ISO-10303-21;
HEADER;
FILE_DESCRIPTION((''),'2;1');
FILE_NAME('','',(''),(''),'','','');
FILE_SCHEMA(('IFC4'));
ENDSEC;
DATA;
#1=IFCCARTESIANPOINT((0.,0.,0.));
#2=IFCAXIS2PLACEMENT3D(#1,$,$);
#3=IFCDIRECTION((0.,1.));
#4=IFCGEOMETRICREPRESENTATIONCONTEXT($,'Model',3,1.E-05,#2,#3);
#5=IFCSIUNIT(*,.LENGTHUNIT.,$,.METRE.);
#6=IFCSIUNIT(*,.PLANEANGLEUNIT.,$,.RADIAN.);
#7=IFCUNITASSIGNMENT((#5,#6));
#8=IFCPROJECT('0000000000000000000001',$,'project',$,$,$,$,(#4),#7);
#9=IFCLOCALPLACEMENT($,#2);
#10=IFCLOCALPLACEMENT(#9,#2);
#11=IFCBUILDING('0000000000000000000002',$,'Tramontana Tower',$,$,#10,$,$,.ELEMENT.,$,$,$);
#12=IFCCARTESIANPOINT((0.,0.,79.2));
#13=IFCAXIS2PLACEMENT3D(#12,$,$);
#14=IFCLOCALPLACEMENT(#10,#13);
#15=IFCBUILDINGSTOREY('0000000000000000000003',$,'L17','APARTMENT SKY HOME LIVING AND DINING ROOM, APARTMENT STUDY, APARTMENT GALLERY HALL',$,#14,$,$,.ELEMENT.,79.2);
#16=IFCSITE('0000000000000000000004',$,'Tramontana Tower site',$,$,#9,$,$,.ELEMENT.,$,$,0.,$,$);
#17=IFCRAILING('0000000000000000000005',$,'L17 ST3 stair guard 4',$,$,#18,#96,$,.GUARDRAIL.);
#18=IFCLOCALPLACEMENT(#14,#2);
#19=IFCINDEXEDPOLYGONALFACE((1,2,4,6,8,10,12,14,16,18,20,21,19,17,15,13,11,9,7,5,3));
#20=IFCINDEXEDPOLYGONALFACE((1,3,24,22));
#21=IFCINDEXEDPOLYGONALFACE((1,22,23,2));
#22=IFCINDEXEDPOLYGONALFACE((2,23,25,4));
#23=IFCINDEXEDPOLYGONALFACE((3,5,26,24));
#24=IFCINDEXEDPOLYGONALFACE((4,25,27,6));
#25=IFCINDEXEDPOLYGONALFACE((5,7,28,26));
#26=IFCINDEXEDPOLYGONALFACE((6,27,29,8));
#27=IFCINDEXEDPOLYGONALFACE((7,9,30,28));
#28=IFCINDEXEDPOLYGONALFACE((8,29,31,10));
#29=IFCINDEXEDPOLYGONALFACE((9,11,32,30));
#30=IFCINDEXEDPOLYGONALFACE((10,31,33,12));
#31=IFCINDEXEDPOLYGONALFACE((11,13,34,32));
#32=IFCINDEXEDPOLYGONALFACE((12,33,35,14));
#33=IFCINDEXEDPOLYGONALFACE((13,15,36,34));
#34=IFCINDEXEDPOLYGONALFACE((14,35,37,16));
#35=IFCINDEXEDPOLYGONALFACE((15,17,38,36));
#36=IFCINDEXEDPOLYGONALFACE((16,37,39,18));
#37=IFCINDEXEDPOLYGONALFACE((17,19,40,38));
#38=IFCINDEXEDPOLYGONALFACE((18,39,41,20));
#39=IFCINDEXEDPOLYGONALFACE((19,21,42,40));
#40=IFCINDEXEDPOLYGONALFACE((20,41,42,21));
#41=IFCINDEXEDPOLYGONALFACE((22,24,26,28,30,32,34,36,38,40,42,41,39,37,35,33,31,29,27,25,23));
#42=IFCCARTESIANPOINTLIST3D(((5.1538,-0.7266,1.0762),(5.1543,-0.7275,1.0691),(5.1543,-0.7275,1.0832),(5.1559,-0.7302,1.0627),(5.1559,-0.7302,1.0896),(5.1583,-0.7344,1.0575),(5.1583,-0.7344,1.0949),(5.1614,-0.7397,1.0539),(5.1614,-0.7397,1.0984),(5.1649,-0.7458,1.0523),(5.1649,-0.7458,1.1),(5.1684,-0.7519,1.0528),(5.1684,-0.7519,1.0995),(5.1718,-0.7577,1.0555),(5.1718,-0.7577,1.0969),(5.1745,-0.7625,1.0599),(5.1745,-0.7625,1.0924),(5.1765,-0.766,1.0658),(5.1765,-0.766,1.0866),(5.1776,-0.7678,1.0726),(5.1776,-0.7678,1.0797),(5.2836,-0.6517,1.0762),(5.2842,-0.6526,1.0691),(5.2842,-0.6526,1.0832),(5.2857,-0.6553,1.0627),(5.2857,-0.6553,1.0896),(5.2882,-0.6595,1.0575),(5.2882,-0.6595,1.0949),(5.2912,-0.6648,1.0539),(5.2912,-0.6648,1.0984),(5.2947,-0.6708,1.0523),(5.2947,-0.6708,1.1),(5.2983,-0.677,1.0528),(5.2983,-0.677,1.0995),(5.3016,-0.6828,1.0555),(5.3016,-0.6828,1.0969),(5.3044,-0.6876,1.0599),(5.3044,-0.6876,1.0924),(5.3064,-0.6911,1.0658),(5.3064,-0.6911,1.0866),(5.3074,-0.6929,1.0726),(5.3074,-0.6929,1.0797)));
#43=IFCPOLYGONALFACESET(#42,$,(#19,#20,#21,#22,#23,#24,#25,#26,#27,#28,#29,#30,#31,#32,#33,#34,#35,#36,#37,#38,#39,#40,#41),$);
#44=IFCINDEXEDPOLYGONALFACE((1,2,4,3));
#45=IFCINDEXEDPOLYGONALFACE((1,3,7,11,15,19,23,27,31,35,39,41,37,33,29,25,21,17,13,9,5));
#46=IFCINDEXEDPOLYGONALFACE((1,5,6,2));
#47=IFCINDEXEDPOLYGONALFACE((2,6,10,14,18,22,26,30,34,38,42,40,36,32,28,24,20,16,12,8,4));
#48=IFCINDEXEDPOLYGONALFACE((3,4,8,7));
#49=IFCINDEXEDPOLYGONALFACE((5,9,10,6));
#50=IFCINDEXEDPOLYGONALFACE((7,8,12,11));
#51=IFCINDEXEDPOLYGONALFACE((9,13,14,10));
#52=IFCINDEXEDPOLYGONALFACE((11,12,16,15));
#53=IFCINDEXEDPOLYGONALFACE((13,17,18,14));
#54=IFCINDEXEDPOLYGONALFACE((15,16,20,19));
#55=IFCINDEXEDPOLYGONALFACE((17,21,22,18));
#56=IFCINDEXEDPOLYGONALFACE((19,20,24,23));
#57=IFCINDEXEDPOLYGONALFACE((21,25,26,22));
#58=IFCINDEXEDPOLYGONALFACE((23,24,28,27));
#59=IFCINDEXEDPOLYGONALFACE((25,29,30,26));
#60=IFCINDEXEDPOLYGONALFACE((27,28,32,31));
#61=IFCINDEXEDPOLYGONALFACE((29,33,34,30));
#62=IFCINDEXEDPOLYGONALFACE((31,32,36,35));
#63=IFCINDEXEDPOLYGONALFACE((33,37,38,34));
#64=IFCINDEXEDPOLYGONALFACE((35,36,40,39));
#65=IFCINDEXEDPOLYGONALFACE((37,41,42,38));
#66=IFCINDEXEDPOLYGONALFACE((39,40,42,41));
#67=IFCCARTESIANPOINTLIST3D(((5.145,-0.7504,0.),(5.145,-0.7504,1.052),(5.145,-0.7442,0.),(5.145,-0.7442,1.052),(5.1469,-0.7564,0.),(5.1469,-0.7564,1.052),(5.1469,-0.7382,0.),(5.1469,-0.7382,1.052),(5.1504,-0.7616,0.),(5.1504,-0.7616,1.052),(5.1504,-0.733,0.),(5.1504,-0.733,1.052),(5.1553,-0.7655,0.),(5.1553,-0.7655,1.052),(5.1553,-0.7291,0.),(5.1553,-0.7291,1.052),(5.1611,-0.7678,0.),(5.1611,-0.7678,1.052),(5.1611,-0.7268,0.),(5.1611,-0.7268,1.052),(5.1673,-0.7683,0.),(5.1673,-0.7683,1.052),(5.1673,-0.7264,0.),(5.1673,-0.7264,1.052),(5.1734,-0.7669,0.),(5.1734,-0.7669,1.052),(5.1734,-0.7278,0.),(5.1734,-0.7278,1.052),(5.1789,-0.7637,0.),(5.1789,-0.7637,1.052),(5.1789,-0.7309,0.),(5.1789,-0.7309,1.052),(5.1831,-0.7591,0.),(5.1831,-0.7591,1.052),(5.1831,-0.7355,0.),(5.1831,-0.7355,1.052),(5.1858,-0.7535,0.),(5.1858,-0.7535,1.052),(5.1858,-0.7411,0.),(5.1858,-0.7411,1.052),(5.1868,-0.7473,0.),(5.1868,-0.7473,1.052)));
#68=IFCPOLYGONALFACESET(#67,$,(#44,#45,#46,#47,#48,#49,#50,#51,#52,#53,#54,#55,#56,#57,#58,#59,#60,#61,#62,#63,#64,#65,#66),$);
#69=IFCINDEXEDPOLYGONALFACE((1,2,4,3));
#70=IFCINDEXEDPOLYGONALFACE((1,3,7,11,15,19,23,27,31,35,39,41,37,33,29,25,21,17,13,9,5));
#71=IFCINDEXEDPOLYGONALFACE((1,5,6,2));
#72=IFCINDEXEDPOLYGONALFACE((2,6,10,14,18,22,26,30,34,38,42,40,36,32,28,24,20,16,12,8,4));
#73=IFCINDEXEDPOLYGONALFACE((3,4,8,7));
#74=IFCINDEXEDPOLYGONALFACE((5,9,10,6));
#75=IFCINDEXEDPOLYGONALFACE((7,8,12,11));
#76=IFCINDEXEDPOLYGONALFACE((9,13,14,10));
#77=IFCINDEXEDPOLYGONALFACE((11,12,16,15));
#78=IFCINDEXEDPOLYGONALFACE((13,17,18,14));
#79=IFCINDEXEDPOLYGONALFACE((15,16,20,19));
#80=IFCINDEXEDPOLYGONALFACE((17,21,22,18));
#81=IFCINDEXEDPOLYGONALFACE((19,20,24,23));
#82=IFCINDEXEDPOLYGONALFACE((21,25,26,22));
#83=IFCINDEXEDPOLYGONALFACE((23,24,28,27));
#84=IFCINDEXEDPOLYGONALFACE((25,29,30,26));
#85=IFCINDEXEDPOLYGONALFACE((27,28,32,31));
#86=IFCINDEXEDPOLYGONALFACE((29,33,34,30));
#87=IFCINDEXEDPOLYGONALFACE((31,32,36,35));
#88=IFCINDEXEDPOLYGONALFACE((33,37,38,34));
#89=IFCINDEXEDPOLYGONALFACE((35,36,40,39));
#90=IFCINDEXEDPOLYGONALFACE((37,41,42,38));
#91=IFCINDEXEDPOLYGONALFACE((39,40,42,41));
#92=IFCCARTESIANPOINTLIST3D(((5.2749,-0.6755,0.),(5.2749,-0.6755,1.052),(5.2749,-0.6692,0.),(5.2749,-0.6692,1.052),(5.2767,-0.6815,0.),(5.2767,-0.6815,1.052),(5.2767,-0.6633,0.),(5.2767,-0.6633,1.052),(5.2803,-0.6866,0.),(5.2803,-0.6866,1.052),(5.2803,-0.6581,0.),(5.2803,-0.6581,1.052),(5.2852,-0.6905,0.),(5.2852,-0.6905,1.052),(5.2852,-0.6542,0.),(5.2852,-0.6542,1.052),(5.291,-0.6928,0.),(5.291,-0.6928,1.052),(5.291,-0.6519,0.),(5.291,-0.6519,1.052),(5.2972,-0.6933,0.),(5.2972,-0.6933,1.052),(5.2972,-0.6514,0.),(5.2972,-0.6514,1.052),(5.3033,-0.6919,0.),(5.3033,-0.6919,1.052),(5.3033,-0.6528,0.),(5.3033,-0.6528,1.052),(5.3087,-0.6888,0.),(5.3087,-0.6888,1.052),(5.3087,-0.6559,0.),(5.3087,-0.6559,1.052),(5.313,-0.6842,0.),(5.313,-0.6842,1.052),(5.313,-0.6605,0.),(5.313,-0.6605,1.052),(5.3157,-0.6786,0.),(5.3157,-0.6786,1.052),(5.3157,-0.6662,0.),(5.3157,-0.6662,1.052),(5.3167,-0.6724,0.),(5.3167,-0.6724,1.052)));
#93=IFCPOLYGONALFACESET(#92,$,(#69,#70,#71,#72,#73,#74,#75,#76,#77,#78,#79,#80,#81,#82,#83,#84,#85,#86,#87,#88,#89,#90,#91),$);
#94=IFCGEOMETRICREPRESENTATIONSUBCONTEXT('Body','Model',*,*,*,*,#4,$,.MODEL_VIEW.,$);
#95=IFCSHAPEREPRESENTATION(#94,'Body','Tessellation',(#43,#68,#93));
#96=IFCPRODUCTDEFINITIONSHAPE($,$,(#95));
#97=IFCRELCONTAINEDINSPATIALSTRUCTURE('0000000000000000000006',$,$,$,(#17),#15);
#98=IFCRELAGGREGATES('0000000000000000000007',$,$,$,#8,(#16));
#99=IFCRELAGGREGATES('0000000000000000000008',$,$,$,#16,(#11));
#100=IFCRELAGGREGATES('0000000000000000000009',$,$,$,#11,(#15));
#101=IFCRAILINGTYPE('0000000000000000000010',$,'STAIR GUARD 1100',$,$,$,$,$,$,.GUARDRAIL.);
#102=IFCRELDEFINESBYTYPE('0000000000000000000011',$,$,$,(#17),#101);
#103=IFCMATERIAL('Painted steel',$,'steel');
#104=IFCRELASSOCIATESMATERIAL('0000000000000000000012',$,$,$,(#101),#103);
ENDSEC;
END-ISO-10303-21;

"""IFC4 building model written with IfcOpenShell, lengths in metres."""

from ifc_helpers import new_model, si_unit, direction, frame, origin, origin_2d, place, context, subcontext, project, spatial, circle, extrude, material, type_object, element, save


model = new_model("IFC4")

# Units and contexts
model_context = context("Model", 3, precision=1e-05, world=origin(), true_north=direction((0.0, 1.0)))
body_context = subcontext(model_context, "Body", "Model", "MODEL_VIEW")
ifc_project = project(units=[si_unit("LENGTHUNIT", "METRE"), si_unit("PLANEANGLEUNIT", "RADIAN")], contexts=[model_context])

# Site, building, storey
site_placement = place(None, origin())
site = spatial("IfcSite", under=ifc_project, at=site_placement, Name="Tramontana Tower site", CompositionType="ELEMENT", RefElevation=0.0)
building_placement = place(site_placement, origin())
building = spatial("IfcBuilding", under=site, at=building_placement, Name="Tramontana Tower", CompositionType="ELEMENT")
storey_placement = place(building_placement, frame((0.0, 0.0, 79.2)))
storey = spatial("IfcBuildingStorey", under=building, at=storey_placement, Name="L17", Description="APARTMENT SKY HOME LIVING AND DINING ROOM, APARTMENT STUDY, APARTMENT GALLERY HALL", CompositionType="ELEMENT", Elevation=79.2)

# Railing
ifc_material_1 = material(Name="Painted steel", Category="steel")
railing_type_1 = type_object("IfcRailingType", Name="STAIR GUARD 1100", PredefinedType="GUARDRAIL", material=ifc_material_1)
railing_1_placement = place(storey_placement, frame((5.1658, -0.7473, 0.0)))
element("IfcRailing", 1, at=railing_1_placement, inside=storey, type_object=railing_type_1, Name="L17 ST3 stair guard 4", PredefinedType="GUARDRAIL", context=body_context, shape_type="SweptSolid", body=[
    extrude(circle(Radius=0.0239, at=origin_2d()), frame((0.0, 0.0, 1.0762), z_axis=(0.866131, 0.499816, 0.0), x_axis=(-0.499816, 0.866131, 0.0)), (0.0, 0.0, 1.0), 0.1499),
    extrude(circle(Radius=0.021, at=origin_2d()), origin(), (0.0, 0.0, 1.0), 1.052),
    extrude(circle(Radius=0.021, at=origin_2d()), frame((0.1299, 0.075, 0.0)), (0.0, 0.0, 1.0), 1.052),
])

save(model, "model.ifc")
